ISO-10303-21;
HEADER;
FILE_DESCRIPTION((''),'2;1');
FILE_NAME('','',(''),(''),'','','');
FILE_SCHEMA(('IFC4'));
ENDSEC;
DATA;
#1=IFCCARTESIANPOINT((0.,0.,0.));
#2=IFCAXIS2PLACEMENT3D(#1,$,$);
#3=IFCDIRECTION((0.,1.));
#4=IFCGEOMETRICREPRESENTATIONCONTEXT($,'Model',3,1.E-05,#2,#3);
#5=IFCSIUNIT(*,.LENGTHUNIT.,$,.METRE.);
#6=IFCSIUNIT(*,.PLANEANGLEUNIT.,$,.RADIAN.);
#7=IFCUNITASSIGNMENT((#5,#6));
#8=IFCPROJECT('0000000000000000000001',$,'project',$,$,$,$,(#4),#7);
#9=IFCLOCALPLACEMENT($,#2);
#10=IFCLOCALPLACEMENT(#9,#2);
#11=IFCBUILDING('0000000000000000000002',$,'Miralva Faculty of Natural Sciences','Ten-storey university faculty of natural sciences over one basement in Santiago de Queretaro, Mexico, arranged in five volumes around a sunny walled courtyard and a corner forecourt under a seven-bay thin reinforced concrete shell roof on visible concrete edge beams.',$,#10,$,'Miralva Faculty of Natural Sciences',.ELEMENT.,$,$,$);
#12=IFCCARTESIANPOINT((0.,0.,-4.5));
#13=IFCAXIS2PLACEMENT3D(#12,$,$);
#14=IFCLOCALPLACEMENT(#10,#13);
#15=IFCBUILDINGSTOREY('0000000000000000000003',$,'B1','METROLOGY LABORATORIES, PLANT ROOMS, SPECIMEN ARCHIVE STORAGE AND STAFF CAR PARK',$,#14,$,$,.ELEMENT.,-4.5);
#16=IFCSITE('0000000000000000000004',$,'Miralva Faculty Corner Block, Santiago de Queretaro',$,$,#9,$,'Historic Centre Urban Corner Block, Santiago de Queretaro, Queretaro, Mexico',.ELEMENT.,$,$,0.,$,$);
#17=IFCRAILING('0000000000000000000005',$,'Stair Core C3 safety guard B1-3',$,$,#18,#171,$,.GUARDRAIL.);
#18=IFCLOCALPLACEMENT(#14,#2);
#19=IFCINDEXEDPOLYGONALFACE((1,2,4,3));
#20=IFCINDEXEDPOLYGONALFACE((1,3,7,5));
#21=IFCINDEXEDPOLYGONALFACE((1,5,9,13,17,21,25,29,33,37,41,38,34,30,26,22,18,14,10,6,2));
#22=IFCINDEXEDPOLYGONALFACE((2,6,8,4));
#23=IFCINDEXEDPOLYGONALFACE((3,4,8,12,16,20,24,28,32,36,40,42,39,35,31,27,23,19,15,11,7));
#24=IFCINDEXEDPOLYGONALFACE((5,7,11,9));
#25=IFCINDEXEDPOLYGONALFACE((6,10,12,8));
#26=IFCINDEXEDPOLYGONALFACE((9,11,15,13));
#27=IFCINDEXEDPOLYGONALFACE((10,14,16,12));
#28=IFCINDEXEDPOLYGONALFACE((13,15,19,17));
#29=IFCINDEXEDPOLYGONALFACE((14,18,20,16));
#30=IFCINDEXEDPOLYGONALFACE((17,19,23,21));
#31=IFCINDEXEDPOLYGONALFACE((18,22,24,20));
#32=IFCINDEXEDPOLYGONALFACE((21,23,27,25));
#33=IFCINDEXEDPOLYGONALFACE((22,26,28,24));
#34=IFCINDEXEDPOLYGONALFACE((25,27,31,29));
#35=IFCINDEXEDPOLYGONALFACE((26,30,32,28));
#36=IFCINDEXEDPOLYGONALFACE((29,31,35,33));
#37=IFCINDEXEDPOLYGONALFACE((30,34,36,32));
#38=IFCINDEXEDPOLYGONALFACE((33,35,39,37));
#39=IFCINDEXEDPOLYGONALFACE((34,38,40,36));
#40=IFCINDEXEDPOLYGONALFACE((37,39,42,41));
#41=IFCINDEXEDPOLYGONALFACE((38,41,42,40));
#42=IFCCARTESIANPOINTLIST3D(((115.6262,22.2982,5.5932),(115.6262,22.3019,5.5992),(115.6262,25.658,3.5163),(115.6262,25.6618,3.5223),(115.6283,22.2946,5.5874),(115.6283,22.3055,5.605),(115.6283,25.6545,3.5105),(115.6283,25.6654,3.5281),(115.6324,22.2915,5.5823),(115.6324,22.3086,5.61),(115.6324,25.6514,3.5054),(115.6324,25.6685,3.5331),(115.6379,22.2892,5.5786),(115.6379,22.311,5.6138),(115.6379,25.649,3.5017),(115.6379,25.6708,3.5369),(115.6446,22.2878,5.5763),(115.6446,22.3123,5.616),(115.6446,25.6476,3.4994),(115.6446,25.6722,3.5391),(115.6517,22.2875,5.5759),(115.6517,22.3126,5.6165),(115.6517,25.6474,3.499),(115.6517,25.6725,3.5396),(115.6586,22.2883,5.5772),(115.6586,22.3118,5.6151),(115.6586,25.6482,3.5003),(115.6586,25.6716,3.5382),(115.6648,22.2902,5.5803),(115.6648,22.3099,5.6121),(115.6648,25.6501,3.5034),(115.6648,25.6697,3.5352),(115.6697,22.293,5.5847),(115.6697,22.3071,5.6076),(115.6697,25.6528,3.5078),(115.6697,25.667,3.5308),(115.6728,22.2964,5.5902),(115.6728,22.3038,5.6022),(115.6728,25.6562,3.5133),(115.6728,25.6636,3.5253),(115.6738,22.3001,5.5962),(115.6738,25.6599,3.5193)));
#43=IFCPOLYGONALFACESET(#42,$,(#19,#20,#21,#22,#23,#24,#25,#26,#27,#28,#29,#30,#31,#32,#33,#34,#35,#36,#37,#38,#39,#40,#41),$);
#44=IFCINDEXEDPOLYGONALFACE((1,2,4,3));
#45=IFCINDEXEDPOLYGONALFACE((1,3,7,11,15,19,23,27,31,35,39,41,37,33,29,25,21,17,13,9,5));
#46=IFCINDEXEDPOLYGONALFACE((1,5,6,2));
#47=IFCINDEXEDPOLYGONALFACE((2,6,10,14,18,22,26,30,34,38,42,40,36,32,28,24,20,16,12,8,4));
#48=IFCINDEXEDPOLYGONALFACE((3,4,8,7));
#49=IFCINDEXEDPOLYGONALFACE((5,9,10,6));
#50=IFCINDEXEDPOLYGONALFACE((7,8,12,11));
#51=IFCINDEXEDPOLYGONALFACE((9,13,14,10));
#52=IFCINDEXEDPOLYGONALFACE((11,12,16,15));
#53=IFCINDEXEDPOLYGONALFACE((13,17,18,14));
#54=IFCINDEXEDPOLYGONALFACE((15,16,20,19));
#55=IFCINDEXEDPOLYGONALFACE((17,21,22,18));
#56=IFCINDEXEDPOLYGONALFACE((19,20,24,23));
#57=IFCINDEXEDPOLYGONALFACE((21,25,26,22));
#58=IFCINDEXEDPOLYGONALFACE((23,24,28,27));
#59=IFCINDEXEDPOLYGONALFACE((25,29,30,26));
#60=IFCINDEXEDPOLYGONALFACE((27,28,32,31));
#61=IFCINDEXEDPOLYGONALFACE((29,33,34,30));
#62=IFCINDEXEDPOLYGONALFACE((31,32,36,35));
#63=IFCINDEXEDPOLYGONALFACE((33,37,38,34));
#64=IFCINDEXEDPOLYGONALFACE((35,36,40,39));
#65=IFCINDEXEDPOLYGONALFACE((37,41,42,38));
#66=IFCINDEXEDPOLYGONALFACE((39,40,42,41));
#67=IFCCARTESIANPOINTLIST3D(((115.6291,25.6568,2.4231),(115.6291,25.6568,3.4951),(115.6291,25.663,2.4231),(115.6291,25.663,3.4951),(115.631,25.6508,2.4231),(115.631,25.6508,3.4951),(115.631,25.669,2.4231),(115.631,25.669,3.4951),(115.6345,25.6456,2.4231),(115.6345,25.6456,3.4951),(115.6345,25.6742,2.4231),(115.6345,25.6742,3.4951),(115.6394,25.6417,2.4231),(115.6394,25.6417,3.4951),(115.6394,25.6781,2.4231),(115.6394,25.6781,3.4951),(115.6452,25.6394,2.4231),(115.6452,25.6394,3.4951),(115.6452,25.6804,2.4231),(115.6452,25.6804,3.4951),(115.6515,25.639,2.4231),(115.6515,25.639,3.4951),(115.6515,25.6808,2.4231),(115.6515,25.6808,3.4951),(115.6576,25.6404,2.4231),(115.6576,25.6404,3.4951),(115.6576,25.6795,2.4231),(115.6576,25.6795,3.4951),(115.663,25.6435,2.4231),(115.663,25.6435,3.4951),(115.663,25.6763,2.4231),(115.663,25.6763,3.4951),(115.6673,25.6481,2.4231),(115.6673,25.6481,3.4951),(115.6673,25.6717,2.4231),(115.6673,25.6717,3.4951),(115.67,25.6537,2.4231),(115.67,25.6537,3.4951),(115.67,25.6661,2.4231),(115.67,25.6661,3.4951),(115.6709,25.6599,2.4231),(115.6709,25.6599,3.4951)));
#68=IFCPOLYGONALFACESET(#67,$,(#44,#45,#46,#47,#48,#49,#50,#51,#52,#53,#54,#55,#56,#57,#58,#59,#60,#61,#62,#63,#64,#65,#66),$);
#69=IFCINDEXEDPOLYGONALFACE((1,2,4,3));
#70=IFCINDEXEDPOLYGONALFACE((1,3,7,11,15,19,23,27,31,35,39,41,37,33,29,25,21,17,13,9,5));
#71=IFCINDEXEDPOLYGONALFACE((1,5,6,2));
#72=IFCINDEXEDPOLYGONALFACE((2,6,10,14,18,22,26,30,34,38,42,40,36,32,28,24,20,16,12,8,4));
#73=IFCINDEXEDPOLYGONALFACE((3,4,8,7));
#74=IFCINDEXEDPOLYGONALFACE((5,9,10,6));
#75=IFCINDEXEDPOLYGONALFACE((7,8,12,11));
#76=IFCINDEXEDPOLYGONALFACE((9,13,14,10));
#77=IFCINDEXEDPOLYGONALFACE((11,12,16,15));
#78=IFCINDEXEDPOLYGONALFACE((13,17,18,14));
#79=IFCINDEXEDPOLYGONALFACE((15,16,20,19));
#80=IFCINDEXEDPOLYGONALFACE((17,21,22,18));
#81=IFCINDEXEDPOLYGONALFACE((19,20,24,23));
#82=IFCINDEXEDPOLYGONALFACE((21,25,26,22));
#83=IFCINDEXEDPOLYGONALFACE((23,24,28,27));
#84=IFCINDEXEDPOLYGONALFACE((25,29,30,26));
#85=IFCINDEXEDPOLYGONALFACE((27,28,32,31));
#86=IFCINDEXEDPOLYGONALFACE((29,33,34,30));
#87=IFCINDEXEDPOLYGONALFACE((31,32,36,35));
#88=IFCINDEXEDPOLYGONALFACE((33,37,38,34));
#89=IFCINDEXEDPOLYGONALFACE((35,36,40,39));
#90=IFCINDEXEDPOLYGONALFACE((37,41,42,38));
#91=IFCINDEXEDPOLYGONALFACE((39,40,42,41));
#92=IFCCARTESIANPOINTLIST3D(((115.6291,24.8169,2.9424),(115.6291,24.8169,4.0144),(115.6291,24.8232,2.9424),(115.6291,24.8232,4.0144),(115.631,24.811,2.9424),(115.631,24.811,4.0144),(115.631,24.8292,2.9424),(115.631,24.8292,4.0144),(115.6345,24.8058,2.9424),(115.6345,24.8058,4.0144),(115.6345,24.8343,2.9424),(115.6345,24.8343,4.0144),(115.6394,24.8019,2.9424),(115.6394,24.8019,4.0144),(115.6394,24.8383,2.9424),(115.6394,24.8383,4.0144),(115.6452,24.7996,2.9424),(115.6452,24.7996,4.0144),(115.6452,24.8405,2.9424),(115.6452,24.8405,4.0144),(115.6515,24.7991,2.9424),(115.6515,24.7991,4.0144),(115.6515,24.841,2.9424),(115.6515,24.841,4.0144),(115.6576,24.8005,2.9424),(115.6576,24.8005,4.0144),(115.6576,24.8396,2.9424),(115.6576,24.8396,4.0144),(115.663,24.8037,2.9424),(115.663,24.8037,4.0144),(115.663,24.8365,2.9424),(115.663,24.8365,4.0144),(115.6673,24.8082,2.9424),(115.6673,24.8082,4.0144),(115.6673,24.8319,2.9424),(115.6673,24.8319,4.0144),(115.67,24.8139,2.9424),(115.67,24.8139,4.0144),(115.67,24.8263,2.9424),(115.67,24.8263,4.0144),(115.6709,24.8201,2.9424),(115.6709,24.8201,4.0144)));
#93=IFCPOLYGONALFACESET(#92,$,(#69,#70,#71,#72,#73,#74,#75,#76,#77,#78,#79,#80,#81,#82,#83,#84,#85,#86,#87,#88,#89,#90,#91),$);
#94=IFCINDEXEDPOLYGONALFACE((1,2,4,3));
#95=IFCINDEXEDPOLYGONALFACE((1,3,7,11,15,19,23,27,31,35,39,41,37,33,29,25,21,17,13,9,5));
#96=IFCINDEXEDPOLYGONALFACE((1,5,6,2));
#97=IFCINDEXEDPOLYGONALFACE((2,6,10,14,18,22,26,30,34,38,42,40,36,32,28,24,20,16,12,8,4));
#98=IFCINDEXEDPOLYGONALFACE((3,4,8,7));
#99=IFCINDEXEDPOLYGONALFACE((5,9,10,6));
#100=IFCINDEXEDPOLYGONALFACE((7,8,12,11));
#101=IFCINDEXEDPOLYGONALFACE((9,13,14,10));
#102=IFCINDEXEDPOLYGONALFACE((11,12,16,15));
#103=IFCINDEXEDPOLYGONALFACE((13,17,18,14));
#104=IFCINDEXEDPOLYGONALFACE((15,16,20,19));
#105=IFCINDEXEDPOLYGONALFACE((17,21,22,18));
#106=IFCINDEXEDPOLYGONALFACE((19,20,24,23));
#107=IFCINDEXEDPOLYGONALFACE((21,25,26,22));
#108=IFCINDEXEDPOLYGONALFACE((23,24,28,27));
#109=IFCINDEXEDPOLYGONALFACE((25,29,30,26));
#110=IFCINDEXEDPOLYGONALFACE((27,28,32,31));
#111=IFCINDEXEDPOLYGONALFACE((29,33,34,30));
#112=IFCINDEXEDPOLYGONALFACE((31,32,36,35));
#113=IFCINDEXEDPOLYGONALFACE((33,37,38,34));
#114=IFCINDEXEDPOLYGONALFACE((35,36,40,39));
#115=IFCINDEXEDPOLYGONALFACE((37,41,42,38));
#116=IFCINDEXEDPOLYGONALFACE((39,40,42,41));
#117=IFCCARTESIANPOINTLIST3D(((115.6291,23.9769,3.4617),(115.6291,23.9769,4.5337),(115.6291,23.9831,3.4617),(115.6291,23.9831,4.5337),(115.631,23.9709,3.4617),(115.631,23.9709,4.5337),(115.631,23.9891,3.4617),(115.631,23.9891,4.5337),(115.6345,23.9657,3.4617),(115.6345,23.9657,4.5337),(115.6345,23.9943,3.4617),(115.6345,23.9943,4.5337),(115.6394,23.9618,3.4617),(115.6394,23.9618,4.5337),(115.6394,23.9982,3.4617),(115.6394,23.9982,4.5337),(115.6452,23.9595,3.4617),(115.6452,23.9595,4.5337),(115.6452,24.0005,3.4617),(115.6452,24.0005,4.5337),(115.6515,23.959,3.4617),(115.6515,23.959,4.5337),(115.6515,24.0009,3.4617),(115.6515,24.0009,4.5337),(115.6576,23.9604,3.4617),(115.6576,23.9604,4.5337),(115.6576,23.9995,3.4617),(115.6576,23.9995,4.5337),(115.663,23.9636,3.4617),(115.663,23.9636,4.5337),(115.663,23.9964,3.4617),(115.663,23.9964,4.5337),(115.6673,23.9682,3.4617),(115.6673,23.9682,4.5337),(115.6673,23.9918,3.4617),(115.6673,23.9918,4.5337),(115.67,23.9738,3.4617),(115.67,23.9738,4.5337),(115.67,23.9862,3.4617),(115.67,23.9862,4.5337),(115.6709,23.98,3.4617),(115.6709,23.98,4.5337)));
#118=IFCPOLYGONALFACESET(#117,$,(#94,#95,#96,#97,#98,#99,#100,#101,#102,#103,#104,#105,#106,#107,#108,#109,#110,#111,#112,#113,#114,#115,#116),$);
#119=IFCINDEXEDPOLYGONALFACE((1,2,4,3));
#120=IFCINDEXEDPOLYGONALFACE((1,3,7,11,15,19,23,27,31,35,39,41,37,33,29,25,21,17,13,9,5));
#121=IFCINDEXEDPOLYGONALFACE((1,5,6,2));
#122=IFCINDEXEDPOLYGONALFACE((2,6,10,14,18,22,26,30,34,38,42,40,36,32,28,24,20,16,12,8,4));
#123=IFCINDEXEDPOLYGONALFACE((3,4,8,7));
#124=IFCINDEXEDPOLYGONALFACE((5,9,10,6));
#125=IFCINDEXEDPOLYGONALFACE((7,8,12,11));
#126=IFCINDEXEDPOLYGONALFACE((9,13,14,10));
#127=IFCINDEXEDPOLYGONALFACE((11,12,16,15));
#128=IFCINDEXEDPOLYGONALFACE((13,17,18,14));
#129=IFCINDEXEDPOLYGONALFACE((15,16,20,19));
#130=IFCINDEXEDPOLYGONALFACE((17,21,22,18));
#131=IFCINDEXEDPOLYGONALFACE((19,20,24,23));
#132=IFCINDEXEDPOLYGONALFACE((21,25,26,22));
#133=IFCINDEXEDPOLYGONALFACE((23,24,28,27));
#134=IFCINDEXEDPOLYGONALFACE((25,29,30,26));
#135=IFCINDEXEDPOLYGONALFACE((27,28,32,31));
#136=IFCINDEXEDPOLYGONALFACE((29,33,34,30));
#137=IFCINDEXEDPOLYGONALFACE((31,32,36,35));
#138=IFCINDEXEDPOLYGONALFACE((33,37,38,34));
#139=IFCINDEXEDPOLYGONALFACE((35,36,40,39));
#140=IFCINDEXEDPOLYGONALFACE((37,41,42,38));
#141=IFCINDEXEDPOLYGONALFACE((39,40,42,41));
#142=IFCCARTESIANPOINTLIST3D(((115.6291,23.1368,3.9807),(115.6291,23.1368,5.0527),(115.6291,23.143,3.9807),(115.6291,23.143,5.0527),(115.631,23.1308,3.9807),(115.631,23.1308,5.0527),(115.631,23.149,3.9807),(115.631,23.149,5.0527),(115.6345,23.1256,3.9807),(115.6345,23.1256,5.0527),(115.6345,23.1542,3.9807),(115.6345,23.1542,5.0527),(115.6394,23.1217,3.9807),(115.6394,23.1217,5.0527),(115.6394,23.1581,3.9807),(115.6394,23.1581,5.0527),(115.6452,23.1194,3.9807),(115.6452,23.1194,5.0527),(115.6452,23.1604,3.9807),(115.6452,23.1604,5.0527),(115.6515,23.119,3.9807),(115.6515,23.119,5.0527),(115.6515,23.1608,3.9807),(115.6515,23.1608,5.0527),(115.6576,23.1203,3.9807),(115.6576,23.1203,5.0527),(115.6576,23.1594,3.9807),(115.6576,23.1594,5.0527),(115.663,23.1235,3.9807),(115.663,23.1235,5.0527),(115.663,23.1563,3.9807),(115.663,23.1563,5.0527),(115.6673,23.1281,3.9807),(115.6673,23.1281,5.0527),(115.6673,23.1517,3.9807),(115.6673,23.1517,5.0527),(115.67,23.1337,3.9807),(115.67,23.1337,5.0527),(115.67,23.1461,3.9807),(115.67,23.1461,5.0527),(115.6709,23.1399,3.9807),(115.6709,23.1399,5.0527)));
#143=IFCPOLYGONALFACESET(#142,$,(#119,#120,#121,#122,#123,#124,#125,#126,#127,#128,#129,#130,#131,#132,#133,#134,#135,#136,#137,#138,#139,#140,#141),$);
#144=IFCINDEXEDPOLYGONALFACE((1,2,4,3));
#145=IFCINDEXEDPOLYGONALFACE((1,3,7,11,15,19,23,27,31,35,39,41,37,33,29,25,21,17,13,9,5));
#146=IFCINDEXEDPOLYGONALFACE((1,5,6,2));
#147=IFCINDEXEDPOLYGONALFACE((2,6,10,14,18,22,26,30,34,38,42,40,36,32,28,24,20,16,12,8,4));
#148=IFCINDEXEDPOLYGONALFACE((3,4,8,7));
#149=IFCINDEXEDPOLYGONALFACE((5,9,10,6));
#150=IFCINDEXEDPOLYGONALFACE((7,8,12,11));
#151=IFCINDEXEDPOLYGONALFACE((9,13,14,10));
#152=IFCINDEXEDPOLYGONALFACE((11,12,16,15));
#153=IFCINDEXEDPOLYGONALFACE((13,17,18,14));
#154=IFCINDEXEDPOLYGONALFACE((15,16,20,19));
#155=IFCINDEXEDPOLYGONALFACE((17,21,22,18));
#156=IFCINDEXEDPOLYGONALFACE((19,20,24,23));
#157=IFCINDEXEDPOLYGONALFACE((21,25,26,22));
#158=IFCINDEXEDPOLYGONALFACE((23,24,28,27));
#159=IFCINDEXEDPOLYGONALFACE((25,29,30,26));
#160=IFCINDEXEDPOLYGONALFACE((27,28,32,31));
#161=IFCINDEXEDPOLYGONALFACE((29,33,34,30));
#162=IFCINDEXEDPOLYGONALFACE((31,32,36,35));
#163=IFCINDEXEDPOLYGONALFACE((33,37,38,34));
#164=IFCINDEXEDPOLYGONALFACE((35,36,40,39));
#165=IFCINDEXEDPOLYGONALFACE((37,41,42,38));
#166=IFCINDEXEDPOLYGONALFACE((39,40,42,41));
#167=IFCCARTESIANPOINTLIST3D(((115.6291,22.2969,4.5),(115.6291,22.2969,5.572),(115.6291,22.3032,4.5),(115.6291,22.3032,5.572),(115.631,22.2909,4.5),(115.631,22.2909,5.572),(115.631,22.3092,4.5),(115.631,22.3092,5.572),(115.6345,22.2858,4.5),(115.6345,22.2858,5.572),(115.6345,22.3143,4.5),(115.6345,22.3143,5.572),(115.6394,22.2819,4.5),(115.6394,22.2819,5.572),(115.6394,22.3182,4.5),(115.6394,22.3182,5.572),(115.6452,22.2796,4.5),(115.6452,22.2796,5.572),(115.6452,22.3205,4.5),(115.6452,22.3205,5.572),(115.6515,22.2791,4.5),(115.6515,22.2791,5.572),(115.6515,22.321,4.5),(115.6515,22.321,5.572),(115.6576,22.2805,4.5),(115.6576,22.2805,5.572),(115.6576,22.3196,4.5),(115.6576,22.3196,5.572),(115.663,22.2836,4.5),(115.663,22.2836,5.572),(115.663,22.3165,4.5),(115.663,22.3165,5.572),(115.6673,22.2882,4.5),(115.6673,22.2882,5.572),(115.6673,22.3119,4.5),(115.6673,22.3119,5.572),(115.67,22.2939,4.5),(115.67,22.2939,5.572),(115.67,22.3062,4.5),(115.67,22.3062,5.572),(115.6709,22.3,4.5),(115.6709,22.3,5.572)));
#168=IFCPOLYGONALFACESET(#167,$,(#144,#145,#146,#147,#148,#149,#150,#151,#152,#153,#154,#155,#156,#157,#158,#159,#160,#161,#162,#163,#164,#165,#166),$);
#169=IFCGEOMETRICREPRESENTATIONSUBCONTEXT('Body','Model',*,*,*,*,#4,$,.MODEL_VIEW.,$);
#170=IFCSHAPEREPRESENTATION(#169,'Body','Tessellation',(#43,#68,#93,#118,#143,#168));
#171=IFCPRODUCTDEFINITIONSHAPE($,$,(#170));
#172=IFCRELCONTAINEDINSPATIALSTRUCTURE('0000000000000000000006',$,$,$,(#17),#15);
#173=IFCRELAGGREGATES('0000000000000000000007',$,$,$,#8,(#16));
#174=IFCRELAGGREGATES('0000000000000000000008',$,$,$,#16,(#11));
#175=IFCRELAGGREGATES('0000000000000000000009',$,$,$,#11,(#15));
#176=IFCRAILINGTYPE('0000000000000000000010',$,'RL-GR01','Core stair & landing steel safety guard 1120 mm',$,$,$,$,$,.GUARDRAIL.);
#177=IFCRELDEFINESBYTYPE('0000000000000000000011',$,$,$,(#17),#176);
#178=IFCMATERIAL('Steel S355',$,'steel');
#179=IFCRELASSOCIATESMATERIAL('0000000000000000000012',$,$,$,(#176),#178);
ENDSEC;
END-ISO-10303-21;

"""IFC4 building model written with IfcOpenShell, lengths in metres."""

from ifc_helpers import new_model, si_unit, direction, frame, origin, origin_2d, place, context, subcontext, project, spatial, circle, extrude, material, type_object, element, save


model = new_model("IFC4")

# Units and contexts
model_context = context("Model", 3, precision=1e-05, world=origin(), true_north=direction((0.0, 1.0)))
body_context = subcontext(model_context, "Body", "Model", "MODEL_VIEW")
ifc_project = project(units=[si_unit("LENGTHUNIT", "METRE"), si_unit("PLANEANGLEUNIT", "RADIAN")], contexts=[model_context])

# Site, building, storey
site_placement = place(None, origin())
site = spatial("IfcSite", under=ifc_project, at=site_placement, Name="Miralva Faculty Corner Block, Santiago de Queretaro", LongName="Historic Centre Urban Corner Block, Santiago de Queretaro, Queretaro, Mexico", CompositionType="ELEMENT", RefElevation=0.0)
building_placement = place(site_placement, origin())
building = spatial("IfcBuilding", under=site, at=building_placement, Name="Miralva Faculty of Natural Sciences", Description="Ten-storey university faculty of natural sciences over one basement in Santiago de Queretaro, Mexico, arranged in five volumes around a sunny walled courtyard and a corner forecourt under a seven-bay thin reinforced concrete shell roof on visible concrete edge beams.", LongName="Miralva Faculty of Natural Sciences", CompositionType="ELEMENT")
storey_placement = place(building_placement, frame((0.0, 0.0, -4.5)))
storey = spatial("IfcBuildingStorey", under=building, at=storey_placement, Name="B1", Description="METROLOGY LABORATORIES, PLANT ROOMS, SPECIMEN ARCHIVE STORAGE AND STAFF CAR PARK", CompositionType="ELEMENT", Elevation=-4.5)

# Railing
ifc_material_1 = material(Name="Steel S355", Category="steel")
railing_type_1 = type_object("IfcRailingType", Name="RL-GR01", Description="Core stair & landing steel safety guard 1120 mm", PredefinedType="GUARDRAIL", material=ifc_material_1)
railing_1_placement = place(storey_placement, frame((115.6499, 25.6599, 2.4231)))
element("IfcRailing", 1, at=railing_1_placement, inside=storey, type_object=railing_type_1, Name="Stair Core C3 safety guard B1-3", PredefinedType="GUARDRAIL", context=body_context, shape_type="SweptSolid", body=[
    extrude(circle(Radius=0.0239, at=origin_2d()), frame((0.0, 0.0, 1.0962), z_axis=(0.0, -0.850606, 0.525803), x_axis=(1.0, 0.0, 0.0)), (0.0, 0.0, 1.0), 3.95),
    extrude(circle(Radius=0.021, at=origin_2d()), origin(), (0.0, 0.0, 1.0), 1.072),
    extrude(circle(Radius=0.021, at=origin_2d()), frame((0.0, -0.8398, 0.5193)), (0.0, 0.0, 1.0), 1.072),
    extrude(circle(Radius=0.021, at=origin_2d()), frame((0.0, -1.6799, 1.0386)), (0.0, 0.0, 1.0), 1.072),
    extrude(circle(Radius=0.021, at=origin_2d()), frame((0.0, -2.52, 1.5576)), (0.0, 0.0, 1.0), 1.072),
    extrude(circle(Radius=0.021, at=origin_2d()), frame((0.0, -3.3599, 2.0769)), (0.0, 0.0, 1.0), 1.072),
])

save(model, "model.ifc")
